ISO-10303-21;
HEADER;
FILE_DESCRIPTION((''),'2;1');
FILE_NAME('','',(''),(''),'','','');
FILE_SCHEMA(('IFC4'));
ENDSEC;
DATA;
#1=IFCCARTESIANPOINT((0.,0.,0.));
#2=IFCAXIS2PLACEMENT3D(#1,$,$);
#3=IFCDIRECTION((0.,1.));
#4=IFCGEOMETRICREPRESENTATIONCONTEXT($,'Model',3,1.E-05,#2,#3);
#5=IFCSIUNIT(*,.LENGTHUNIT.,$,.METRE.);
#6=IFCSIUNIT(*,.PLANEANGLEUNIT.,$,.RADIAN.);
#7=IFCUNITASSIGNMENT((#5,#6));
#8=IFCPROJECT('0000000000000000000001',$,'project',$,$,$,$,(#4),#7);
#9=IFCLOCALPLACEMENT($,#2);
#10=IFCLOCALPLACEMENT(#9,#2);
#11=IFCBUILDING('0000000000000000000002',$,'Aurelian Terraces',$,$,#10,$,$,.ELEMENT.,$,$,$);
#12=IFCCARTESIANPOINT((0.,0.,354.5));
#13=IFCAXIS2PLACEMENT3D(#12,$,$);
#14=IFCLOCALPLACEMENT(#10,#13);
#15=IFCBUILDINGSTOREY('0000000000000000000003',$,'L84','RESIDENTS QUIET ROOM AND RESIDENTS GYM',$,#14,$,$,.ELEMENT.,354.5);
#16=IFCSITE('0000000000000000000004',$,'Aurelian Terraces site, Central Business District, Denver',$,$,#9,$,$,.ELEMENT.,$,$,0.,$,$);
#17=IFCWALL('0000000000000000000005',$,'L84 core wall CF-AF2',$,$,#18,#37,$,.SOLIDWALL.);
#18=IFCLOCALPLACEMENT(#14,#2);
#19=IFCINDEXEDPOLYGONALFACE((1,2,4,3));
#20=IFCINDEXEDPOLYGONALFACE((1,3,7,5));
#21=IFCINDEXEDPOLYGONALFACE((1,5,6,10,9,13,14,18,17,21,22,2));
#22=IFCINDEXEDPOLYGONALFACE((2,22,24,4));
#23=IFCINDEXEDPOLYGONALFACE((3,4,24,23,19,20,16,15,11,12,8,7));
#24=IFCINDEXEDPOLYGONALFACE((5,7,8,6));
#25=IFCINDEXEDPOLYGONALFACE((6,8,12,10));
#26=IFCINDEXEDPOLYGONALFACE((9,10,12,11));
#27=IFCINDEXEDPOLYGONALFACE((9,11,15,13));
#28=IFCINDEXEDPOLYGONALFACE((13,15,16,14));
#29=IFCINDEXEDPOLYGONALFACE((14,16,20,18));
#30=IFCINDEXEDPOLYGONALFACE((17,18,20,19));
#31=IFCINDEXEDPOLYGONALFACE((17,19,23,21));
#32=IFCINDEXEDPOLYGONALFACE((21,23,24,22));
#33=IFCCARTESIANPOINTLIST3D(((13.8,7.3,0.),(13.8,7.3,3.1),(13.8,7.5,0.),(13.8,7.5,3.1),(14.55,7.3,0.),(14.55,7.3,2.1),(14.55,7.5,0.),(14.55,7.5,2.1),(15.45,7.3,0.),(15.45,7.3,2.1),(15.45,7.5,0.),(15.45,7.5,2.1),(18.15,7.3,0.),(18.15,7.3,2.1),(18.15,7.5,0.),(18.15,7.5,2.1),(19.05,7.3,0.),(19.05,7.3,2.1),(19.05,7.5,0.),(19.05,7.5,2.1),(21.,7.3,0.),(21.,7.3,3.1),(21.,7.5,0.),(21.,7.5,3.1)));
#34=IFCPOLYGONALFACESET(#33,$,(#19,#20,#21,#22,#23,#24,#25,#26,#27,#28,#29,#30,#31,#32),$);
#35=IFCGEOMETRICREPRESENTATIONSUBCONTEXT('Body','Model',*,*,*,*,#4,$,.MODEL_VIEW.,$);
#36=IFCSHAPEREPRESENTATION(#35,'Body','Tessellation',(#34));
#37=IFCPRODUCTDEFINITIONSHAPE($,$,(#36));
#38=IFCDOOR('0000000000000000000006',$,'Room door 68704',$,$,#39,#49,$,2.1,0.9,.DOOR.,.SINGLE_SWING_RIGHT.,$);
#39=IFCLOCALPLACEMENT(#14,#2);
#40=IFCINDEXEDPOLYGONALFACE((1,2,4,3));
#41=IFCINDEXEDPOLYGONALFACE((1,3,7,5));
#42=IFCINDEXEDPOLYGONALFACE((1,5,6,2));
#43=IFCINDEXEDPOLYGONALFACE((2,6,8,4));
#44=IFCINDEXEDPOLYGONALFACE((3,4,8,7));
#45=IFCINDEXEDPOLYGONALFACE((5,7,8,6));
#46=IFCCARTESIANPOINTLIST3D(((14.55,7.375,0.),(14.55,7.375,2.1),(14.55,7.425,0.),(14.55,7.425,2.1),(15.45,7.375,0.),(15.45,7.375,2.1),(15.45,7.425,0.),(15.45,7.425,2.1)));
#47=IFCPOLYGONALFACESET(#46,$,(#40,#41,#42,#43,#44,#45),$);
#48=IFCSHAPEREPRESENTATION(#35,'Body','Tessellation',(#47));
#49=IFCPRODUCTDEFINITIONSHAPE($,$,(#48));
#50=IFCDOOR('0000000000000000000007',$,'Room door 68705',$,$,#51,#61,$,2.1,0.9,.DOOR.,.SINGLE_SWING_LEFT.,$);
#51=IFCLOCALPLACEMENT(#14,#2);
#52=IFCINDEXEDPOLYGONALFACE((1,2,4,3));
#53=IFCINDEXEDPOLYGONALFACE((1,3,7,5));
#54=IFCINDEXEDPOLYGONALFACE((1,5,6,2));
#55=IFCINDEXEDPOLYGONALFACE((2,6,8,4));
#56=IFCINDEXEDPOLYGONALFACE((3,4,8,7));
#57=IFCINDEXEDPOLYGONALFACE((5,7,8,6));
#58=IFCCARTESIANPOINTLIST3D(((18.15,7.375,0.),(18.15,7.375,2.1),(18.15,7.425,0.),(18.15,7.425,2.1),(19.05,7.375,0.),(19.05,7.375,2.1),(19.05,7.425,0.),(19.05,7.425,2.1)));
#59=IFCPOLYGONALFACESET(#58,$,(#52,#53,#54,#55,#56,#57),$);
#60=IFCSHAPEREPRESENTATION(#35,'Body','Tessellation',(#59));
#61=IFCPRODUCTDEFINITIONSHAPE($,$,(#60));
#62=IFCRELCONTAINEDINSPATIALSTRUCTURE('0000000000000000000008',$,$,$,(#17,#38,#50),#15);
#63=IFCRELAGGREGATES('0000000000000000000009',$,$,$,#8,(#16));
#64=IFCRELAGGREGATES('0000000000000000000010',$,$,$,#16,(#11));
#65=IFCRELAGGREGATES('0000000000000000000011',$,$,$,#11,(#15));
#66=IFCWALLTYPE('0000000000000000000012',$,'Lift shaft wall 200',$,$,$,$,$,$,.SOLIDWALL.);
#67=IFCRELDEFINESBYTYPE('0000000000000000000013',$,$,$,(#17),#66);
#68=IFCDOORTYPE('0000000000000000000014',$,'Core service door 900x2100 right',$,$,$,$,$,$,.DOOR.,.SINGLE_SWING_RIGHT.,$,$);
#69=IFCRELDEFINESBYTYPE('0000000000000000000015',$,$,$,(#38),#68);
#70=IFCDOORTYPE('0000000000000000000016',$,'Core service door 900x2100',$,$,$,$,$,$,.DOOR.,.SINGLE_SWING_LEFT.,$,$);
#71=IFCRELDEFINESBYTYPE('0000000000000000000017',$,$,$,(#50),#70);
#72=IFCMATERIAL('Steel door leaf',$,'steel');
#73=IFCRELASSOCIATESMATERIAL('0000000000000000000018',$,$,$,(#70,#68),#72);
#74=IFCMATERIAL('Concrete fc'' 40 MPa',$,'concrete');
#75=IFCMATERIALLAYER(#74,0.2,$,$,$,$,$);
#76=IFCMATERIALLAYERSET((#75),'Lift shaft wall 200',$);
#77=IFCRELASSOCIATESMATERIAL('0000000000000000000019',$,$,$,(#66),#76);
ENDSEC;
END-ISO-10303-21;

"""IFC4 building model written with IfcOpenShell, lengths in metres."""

from ifc_helpers import new_model, si_unit, direction, frame, frame_2d, origin, place, context, subcontext, project, spatial, rectangle, extrude, source, transform, mapped, material, layer, layer_set, type_object, element, fill, save


model = new_model("IFC4")

# Units and contexts
model_context = context("Model", 3, precision=1e-05, world=origin(), true_north=direction((0.0, 1.0)))
body_context = subcontext(model_context, "Body", "Model", "MODEL_VIEW")
ifc_project = project(units=[si_unit("LENGTHUNIT", "METRE"), si_unit("PLANEANGLEUNIT", "RADIAN")], contexts=[model_context])

# Site, building, storey
site_placement = place(None, origin())
site = spatial("IfcSite", under=ifc_project, at=site_placement, Name="Aurelian Terraces site, Central Business District, Denver", CompositionType="ELEMENT", RefElevation=0.0)
building_placement = place(site_placement, origin())
building = spatial("IfcBuilding", under=site, at=building_placement, Name="Aurelian Terraces", CompositionType="ELEMENT")
storey_placement = place(building_placement, frame((0.0, 0.0, 354.5)))
storey = spatial("IfcBuildingStorey", under=building, at=storey_placement, Name="L84", Description="RESIDENTS QUIET ROOM AND RESIDENTS GYM", CompositionType="ELEMENT", Elevation=354.5)

# Shared definitions
ifc_material_1 = material(Name="Steel door leaf", Category="steel")
door_type_1 = type_object("IfcDoorType", Name="Core service door 900x2100", OperationType="SINGLE_SWING_LEFT", PredefinedType="DOOR", material=ifc_material_1)
shared_shape_1 = source(origin(), body_context, "Body", "SweptSolid", [
    extrude(rectangle(XDim=0.9, YDim=2.1, at=frame_2d((0.45, 1.05))), frame((0.0, 0.025, 0.0), z_axis=(0.0, -1.0, 0.0), x_axis=(1.0, 0.0, 0.0)), (0.0, 0.0, 1.0), 0.05),
])

# Shared definitions
ifc_material_2 = material(Name="Concrete fc' 40 MPa", Category="concrete")
ifc_layer_1 = layer(ifc_material_2, 0.2)
ifc_layer_set_1 = layer_set([ifc_layer_1], Name="Lift shaft wall 200")
wall_type_1 = type_object("IfcWallType", Name="Lift shaft wall 200", PredefinedType="SOLIDWALL", material=ifc_layer_set_1)

# Shared definitions
shared_shape_2 = source(origin(), body_context, "Body", "SweptSolid", [
    extrude(rectangle(XDim=0.9, YDim=2.1, at=frame_2d((0.45, 1.05))), frame((0.0, 0.11, 0.0), z_axis=(0.0, -1.0, 0.0), x_axis=(1.0, 0.0, 0.0)), (0.0, 0.0, 1.0), 0.22),
])
door_type_2 = type_object("IfcDoorType", Name="Core service door 900x2100 right", OperationType="SINGLE_SWING_RIGHT", PredefinedType="DOOR", material=ifc_material_1)

# Wall, openings, doors
shared_shape_3 = source(origin(), body_context, "Body", "SweptSolid", [
    extrude(rectangle(XDim=7.2, YDim=0.2, at=frame_2d((3.6, 0.0))), origin(), (0.0, 0.0, 1.0), 3.1),
])
wall_1_placement = place(storey_placement, frame((13.8, 7.4, 0.0), z_axis=(0.0, 0.0, 1.0), x_axis=(1.0, 0.0, 0.0)))
wall_1 = element("IfcWall", 1, at=wall_1_placement, inside=storey, type_object=wall_type_1, Name="L84 core wall CF-AF2", PredefinedType="SOLIDWALL", context=body_context, shape_type="MappedRepresentation", body=[
    mapped(shared_shape_3, transform((0.0, 0.0, 0.0), scale=1.0)),
])
opening_1_placement = place(wall_1_placement, frame((0.75, 0.0, 0.0)))
opening_1 = element("IfcOpeningElement", 2, at=opening_1_placement, cuts=wall_1, PredefinedType="OPENING", context=body_context, shape_type="MappedRepresentation", body=[
    mapped(shared_shape_2, transform((0.0, 0.0, 0.0), scale=1.0)),
])
opening_2_placement = place(wall_1_placement, frame((4.35, 0.0, 0.0)))
opening_2 = element("IfcOpeningElement", 3, at=opening_2_placement, cuts=wall_1, PredefinedType="OPENING", context=body_context, shape_type="MappedRepresentation", body=[
    mapped(shared_shape_2, transform((0.0, 0.0, 0.0), scale=1.0)),
])
door_1_placement = place(opening_1_placement, origin())
door_1 = element("IfcDoor", 4, at=door_1_placement, inside=storey, type_object=door_type_2, Name="Room door 68704", OperationType="SINGLE_SWING_RIGHT", OverallHeight=2.1, OverallWidth=0.9, PredefinedType="DOOR", context=body_context, shape_type="MappedRepresentation", body=[
    mapped(shared_shape_1, transform((0.0, 0.0, 0.0), scale=1.0)),
])
fill(opening_1, door_1)
door_2_placement = place(opening_2_placement, origin())
door_2 = element("IfcDoor", 5, at=door_2_placement, inside=storey, type_object=door_type_1, Name="Room door 68705", OperationType="SINGLE_SWING_LEFT", OverallHeight=2.1, OverallWidth=0.9, PredefinedType="DOOR", context=body_context, shape_type="MappedRepresentation", body=[
    mapped(shared_shape_1, transform((0.0, 0.0, 0.0), scale=1.0)),
])
fill(opening_2, door_2)

save(model, "model.ifc")
